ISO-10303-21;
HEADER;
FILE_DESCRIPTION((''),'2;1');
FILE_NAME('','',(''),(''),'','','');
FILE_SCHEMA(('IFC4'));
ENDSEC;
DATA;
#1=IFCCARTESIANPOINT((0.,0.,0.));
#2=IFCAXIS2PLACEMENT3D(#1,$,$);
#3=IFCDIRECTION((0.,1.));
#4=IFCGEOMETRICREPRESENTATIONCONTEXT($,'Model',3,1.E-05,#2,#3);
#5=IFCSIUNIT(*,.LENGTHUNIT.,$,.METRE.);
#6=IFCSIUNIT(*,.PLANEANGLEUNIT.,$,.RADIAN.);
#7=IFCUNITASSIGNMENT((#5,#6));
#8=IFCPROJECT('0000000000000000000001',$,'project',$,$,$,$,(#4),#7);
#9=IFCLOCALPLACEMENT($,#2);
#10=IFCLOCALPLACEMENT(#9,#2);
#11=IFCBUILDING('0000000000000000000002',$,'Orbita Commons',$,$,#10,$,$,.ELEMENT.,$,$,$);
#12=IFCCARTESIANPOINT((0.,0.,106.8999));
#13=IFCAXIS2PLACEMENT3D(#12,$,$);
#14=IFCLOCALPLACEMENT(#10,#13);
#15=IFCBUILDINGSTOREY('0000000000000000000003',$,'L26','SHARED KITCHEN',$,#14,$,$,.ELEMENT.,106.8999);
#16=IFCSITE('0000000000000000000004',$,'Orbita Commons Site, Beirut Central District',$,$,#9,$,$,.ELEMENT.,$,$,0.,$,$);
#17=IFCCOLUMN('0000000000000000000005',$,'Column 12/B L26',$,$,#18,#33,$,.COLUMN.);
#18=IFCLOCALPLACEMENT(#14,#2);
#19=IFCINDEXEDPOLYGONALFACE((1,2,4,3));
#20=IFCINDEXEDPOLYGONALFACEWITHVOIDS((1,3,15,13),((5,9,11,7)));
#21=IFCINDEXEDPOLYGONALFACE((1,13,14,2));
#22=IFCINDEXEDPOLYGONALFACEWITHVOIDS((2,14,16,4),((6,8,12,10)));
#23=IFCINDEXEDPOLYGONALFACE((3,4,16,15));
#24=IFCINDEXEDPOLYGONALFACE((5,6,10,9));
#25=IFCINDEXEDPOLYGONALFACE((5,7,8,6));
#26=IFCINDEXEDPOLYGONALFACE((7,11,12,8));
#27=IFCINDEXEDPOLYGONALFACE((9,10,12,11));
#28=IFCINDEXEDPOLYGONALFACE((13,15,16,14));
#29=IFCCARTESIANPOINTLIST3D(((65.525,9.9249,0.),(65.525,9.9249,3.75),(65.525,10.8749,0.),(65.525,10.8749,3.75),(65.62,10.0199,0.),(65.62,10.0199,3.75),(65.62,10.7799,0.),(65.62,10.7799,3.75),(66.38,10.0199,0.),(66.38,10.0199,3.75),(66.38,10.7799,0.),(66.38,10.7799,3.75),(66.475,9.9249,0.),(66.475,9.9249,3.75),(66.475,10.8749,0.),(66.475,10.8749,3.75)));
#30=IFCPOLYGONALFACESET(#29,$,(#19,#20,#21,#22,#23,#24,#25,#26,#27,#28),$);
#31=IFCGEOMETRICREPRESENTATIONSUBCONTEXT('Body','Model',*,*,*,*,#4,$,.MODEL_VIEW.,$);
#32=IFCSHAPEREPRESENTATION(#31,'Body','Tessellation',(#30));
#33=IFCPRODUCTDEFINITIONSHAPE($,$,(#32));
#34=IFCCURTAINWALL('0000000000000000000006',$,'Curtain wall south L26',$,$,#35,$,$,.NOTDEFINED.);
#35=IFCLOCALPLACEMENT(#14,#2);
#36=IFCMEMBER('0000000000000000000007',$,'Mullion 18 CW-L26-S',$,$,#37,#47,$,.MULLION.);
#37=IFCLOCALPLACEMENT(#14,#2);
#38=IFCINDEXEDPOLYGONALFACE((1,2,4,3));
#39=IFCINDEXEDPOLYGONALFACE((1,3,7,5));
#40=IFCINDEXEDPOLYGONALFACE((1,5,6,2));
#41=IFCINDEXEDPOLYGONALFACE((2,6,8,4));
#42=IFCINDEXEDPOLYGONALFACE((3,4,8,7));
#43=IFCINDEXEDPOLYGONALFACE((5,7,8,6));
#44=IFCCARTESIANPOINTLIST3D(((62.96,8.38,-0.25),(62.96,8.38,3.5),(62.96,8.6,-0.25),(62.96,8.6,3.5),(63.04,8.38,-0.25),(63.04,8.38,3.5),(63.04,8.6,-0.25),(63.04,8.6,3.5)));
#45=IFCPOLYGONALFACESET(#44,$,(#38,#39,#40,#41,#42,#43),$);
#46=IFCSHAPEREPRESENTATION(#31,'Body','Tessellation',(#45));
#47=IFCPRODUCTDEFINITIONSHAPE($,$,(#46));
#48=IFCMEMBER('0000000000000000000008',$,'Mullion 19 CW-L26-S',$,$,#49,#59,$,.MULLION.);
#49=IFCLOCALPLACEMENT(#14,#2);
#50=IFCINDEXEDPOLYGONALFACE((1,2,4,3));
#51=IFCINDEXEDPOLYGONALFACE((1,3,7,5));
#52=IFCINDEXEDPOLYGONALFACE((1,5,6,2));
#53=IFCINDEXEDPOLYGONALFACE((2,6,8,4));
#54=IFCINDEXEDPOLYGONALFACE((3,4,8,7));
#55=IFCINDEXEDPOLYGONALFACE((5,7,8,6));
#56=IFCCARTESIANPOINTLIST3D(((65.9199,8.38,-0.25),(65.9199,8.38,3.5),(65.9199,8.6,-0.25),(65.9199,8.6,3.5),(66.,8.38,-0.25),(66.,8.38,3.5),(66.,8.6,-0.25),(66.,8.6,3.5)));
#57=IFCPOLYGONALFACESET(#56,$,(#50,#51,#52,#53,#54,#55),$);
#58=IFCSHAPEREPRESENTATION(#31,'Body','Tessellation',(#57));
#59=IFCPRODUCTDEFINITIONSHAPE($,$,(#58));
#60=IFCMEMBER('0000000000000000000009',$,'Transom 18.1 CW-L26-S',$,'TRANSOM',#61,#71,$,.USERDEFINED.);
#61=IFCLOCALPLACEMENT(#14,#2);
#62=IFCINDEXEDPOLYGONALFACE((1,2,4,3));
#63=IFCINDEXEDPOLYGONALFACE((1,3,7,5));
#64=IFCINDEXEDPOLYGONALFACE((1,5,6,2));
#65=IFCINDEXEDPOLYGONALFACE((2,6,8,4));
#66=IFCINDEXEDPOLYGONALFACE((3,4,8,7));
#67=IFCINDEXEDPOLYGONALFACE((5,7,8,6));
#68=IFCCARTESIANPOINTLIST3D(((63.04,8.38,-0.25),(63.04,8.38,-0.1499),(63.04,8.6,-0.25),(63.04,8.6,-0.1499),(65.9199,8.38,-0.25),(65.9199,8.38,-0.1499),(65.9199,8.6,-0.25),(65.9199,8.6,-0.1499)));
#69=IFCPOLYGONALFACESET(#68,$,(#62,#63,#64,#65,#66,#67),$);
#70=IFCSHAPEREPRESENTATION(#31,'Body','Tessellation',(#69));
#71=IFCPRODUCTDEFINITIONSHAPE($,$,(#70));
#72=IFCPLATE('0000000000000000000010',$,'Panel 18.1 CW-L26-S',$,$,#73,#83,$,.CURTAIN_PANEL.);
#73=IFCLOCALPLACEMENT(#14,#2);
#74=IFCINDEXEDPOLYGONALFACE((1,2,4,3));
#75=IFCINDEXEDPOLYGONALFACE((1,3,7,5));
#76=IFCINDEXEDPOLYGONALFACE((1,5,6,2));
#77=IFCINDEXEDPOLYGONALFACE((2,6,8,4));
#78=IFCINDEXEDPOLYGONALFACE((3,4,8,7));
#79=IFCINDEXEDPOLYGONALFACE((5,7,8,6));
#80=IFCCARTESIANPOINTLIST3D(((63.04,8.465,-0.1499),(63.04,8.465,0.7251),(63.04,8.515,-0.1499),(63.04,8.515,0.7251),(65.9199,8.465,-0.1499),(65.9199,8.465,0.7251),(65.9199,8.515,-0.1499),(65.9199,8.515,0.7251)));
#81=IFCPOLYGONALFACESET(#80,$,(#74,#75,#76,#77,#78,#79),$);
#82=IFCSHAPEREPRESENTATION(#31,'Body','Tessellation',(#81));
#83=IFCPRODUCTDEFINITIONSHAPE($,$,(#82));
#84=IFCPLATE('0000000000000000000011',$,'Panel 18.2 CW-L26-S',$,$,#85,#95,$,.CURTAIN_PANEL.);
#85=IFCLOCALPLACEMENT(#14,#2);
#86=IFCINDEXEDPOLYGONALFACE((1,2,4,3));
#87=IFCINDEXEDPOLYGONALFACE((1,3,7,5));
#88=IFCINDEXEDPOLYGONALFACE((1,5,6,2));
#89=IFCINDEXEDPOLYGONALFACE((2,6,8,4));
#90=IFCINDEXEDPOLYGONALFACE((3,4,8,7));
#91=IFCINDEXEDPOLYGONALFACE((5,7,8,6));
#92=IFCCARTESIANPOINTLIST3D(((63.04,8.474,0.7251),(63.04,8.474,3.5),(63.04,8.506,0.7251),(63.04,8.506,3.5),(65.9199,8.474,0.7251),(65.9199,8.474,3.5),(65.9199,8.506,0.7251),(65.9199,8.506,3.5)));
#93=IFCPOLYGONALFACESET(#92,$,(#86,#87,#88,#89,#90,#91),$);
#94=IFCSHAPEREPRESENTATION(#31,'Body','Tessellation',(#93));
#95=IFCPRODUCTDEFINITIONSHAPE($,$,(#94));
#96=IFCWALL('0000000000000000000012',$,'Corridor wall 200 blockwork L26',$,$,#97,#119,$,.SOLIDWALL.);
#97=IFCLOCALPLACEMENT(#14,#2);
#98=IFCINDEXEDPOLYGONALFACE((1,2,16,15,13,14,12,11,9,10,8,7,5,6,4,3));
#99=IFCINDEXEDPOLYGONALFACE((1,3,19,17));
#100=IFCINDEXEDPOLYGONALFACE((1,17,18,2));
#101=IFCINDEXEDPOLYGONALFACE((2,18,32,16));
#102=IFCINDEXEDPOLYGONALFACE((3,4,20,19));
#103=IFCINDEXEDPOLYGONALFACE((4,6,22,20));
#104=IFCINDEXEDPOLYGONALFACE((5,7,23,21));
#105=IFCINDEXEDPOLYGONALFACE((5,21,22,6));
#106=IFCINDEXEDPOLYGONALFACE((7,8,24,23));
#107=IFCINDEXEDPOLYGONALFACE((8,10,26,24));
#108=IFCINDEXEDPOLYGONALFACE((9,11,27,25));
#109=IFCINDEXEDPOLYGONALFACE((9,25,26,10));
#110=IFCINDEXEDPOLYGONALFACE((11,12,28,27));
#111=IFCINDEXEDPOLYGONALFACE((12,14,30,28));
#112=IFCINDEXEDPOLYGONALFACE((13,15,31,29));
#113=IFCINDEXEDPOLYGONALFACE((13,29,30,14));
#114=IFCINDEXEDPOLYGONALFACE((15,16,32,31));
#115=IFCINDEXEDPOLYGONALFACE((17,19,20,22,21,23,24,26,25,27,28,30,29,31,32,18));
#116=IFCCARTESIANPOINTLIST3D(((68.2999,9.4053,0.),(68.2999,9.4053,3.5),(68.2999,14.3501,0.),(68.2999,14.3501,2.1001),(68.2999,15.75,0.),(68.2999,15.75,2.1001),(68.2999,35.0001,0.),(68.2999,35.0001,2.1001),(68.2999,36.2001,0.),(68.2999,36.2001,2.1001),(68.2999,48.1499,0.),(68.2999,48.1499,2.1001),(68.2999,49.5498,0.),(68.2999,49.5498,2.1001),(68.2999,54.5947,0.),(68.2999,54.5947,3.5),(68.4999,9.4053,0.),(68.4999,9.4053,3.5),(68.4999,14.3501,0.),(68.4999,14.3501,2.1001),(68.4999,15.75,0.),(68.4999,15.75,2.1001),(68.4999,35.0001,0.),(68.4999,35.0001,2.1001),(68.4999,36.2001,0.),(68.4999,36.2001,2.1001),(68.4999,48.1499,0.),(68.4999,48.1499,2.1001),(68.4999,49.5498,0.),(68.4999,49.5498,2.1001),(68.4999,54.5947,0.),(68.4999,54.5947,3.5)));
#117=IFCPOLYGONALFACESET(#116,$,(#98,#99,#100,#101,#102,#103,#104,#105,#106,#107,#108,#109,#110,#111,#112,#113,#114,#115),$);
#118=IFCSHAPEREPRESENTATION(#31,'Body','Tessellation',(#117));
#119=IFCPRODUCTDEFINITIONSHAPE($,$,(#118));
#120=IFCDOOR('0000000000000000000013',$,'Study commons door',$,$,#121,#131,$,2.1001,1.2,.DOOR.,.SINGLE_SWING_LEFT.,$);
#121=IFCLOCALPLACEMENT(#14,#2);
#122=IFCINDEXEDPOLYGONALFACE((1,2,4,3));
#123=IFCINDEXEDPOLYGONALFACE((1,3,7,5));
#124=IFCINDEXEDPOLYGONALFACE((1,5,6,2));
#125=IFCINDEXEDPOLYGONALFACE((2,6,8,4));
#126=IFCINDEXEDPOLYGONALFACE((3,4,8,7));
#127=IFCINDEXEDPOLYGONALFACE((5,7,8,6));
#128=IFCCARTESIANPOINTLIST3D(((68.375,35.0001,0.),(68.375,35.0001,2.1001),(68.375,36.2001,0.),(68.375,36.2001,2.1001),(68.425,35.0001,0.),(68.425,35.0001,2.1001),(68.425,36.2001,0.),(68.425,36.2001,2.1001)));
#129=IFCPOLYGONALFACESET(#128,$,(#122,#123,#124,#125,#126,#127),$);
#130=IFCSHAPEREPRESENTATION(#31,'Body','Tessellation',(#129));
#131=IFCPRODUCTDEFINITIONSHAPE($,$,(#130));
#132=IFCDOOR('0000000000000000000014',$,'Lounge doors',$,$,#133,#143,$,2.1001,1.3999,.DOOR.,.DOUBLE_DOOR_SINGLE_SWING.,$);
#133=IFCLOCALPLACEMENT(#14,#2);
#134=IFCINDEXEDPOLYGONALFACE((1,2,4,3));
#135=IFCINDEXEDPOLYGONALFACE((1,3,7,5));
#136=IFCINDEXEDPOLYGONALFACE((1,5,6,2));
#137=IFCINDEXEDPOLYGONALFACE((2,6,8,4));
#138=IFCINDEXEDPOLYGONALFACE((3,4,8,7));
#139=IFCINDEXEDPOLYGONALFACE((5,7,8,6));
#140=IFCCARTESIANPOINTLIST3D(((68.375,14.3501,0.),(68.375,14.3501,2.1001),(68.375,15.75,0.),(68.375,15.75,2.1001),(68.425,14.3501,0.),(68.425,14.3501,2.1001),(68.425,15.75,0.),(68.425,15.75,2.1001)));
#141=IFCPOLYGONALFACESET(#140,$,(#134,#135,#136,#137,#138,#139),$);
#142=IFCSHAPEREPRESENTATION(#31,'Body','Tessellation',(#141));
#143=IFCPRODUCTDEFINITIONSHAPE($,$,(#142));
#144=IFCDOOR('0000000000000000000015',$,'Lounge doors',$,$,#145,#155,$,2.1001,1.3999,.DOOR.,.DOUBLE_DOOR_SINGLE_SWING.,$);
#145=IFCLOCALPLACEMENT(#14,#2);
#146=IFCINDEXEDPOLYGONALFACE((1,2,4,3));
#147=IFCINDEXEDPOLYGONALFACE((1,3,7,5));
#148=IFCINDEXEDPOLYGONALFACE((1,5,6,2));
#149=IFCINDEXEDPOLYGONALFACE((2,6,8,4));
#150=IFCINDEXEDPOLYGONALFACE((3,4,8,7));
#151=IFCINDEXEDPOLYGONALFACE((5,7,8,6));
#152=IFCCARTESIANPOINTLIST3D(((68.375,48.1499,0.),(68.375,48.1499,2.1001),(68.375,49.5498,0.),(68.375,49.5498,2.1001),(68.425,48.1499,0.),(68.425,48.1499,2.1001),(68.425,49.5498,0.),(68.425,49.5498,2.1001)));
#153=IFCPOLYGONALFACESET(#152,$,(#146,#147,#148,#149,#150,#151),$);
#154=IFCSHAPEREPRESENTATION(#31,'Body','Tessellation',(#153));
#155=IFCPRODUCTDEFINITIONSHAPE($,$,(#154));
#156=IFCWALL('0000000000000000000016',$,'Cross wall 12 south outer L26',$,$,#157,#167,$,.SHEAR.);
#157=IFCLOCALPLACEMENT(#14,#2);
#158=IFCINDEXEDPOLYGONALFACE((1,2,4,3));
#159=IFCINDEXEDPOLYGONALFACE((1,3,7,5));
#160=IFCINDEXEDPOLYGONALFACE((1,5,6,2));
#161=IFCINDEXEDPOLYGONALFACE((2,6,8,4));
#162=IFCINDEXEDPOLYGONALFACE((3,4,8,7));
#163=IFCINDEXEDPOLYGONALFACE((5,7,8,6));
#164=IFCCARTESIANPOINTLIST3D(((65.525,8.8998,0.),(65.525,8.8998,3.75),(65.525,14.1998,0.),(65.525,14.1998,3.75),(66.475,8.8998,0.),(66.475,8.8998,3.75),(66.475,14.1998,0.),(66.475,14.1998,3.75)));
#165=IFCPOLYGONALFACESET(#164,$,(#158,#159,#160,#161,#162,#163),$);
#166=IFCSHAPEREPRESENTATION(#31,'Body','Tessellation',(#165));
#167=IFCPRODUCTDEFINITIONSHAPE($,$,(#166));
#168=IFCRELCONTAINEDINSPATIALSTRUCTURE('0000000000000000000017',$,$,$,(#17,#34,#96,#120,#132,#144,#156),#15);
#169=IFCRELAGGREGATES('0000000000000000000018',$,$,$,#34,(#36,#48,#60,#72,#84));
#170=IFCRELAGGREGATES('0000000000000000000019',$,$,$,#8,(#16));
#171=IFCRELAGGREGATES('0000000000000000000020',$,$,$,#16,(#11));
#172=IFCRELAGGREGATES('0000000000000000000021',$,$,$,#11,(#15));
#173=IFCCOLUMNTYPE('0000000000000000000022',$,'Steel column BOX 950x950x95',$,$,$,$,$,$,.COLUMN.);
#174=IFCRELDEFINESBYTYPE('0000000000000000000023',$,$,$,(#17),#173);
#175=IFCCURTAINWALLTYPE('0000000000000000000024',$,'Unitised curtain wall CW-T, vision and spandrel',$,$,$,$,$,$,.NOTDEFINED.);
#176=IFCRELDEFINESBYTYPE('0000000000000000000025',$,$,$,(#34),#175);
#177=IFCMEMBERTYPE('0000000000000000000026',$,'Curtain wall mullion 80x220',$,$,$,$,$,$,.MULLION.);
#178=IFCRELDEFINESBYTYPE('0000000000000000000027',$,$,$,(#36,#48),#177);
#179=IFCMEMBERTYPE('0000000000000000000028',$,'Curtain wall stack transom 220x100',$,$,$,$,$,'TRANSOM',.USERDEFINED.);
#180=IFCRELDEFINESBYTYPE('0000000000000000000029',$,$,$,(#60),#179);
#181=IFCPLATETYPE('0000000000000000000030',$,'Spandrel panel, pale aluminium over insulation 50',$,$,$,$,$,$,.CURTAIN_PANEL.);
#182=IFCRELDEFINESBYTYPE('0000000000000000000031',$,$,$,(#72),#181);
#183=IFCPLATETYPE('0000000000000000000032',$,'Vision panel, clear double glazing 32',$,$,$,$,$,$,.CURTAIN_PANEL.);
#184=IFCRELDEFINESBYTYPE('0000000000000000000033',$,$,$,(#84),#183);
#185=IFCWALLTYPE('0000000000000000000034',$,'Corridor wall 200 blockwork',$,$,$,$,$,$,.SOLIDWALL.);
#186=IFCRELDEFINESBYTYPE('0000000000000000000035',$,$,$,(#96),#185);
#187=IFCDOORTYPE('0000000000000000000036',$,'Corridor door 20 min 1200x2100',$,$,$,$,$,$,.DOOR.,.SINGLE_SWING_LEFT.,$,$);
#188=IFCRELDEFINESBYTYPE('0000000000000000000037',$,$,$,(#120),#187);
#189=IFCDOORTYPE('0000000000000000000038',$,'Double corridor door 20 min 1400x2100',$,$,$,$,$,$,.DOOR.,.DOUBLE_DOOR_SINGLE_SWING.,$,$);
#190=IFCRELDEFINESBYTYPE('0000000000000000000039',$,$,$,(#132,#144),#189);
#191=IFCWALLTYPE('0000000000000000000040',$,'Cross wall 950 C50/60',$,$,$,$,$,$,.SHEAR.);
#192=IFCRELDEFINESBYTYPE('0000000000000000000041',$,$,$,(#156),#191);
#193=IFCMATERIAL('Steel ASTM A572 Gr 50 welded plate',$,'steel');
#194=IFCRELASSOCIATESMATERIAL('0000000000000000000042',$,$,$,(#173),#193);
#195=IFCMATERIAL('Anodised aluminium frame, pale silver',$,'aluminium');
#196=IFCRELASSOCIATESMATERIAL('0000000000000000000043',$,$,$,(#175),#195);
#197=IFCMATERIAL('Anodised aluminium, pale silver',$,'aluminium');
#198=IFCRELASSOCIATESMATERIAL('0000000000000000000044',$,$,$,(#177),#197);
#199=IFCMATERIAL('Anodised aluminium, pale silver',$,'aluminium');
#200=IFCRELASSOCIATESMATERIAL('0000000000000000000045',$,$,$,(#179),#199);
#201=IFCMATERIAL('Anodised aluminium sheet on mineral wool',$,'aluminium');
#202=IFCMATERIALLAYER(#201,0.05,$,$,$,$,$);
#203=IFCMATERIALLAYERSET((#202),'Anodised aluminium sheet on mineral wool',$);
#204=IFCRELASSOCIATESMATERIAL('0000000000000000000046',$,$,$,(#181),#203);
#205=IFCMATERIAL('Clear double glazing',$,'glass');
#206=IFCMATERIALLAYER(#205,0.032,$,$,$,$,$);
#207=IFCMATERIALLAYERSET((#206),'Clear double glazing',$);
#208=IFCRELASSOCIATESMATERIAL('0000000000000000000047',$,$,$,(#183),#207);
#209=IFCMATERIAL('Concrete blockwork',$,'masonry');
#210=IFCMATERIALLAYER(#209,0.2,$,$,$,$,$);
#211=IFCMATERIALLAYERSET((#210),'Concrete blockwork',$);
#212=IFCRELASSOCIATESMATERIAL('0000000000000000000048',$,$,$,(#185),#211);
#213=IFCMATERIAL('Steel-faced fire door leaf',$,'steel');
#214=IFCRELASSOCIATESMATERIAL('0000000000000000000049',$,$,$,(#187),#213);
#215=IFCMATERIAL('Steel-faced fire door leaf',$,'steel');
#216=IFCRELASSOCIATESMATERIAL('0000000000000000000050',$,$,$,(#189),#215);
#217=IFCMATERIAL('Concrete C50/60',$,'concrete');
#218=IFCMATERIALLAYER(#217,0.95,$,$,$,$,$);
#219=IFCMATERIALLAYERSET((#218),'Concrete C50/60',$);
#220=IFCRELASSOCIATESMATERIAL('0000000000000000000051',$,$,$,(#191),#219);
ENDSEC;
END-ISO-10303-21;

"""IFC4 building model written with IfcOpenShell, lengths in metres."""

from ifc_helpers import new_model, si_unit, direction, frame, frame_2d, origin, origin_2d, place, context, subcontext, project, spatial, rectangle, hollow_rectangle, extrude, material, layer, layer_set, material_profile, profile_set, type_object, element, fill, aggregate, save


model = new_model("IFC4")

# Units and contexts
model_context = context("Model", 3, precision=1e-05, world=origin(), true_north=direction((0.0, 1.0)))
body_context = subcontext(model_context, "Body", "Model", "MODEL_VIEW")
ifc_project = project(units=[si_unit("LENGTHUNIT", "METRE"), si_unit("PLANEANGLEUNIT", "RADIAN")], contexts=[model_context])

# Site, building, storey
site_placement = place(None, origin())
site = spatial("IfcSite", under=ifc_project, at=site_placement, Name="Orbita Commons Site, Beirut Central District", CompositionType="ELEMENT", RefElevation=0.0)
building_placement = place(site_placement, origin())
building = spatial("IfcBuilding", under=site, at=building_placement, Name="Orbita Commons", CompositionType="ELEMENT")
storey_placement = place(building_placement, frame((0.0, 0.0, 106.8999)))
storey = spatial("IfcBuildingStorey", under=building, at=storey_placement, Name="L26", Description="SHARED KITCHEN", CompositionType="ELEMENT", Elevation=106.8999)

# Column
ifc_material_1 = material(Name="Steel ASTM A572 Gr 50 welded plate", Category="steel")
ifc_material_profile_1 = material_profile(ifc_material_1, hollow_rectangle(XDim=0.95, YDim=0.95, WallThickness=0.095, at=origin_2d()), Name="BOX 950x950x95")
ifc_profile_set_1 = profile_set([ifc_material_profile_1], Name="Steel ASTM A572 Gr 50 welded plate")
column_type = type_object("IfcColumnType", Name="Steel column BOX 950x950x95", PredefinedType="COLUMN", material=ifc_profile_set_1)
column_placement = place(storey_placement, frame((66.0, 10.3999, 0.0), z_axis=(0.0, 0.0, 1.0), x_axis=(1.0, 0.0, 0.0)))
element("IfcColumn", 1, at=column_placement, inside=storey, type_object=column_type, Name="Column 12/B L26", PredefinedType="COLUMN", context=body_context, shape_type="SweptSolid", body=[
    extrude(hollow_rectangle(XDim=0.95, YDim=0.95, WallThickness=0.095, at=origin_2d()), origin(), (0.0, 0.0, 1.0), 3.75),
])

# Curtain wall, members, plates
ifc_material_2 = material(Name="Anodised aluminium frame, pale silver", Category="aluminium")
curtain_wall_type = type_object("IfcCurtainWallType", Name="Unitised curtain wall CW-T, vision and spandrel", PredefinedType="NOTDEFINED", material=ifc_material_2)
curtain_wall_placement = place(storey_placement, origin())
curtain_wall = element("IfcCurtainWall", 2, at=curtain_wall_placement, inside=storey, type_object=curtain_wall_type, Name="Curtain wall south L26", PredefinedType="NOTDEFINED")
ifc_material_3 = material(Name="Anodised aluminium, pale silver", Category="aluminium")
ifc_material_profile_2 = material_profile(ifc_material_3, rectangle(XDim=0.0801, YDim=0.22, at=origin_2d()), Name="AL 80x220")
ifc_profile_set_2 = profile_set([ifc_material_profile_2], Name="Anodised aluminium, pale silver")
member_type_1 = type_object("IfcMemberType", Name="Curtain wall mullion 80x220", PredefinedType="MULLION", material=ifc_profile_set_2)
member_1_placement = place(storey_placement, frame((63.0, 8.49, -0.25), z_axis=(0.0, 0.0, 1.0), x_axis=(1.0, 0.0, 0.0)))
member_1 = element("IfcMember", 3, at=member_1_placement, type_object=member_type_1, Name="Mullion 18 CW-L26-S", PredefinedType="MULLION", context=body_context, shape_type="SweptSolid", body=[
    extrude(rectangle(XDim=0.0801, YDim=0.22, at=origin_2d()), origin(), (0.0, 0.0, 1.0), 3.75),
])
member_2_placement = place(storey_placement, frame((65.96, 8.49, -0.25), z_axis=(0.0, 0.0, 1.0), x_axis=(1.0, 0.0, 0.0)))
member_2 = element("IfcMember", 4, at=member_2_placement, type_object=member_type_1, Name="Mullion 19 CW-L26-S", PredefinedType="MULLION", context=body_context, shape_type="SweptSolid", body=[
    extrude(rectangle(XDim=0.0801, YDim=0.22, at=origin_2d()), origin(), (0.0, 0.0, 1.0), 3.75),
])
ifc_material_4 = material(Name="Anodised aluminium, pale silver", Category="aluminium")
ifc_material_profile_3 = material_profile(ifc_material_4, rectangle(XDim=0.22, YDim=0.1001, at=origin_2d()), Name="AL 220x100")
ifc_profile_set_3 = profile_set([ifc_material_profile_3], Name="Anodised aluminium, pale silver")
member_type_2 = type_object("IfcMemberType", Name="Curtain wall stack transom 220x100", ElementType="TRANSOM", PredefinedType="USERDEFINED", material=ifc_profile_set_3)
member_3_placement = place(storey_placement, frame((63.04, 8.49, -0.2), z_axis=(1.0, 0.0, 0.0), x_axis=(0.0, 1.0, 0.0)))
member_3 = element("IfcMember", 5, at=member_3_placement, type_object=member_type_2, Name="Transom 18.1 CW-L26-S", ObjectType="TRANSOM", PredefinedType="USERDEFINED", context=body_context, shape_type="SweptSolid", body=[
    extrude(rectangle(XDim=0.22, YDim=0.1001, at=origin_2d()), origin(), (0.0, 0.0, 1.0), 2.8799),
])
ifc_material_5 = material(Name="Anodised aluminium sheet on mineral wool", Category="aluminium")
ifc_layer_1 = layer(ifc_material_5, 0.05)
ifc_layer_set_1 = layer_set([ifc_layer_1], Name="Anodised aluminium sheet on mineral wool")
plate_type_1 = type_object("IfcPlateType", Name="Spandrel panel, pale aluminium over insulation 50", PredefinedType="CURTAIN_PANEL", material=ifc_layer_set_1)
plate_1_placement = place(storey_placement, frame((64.48, 8.49, -0.1499), z_axis=(0.0, 0.0, 1.0), x_axis=(1.0, 0.0, 0.0)))
plate_1 = element("IfcPlate", 6, at=plate_1_placement, type_object=plate_type_1, Name="Panel 18.1 CW-L26-S", PredefinedType="CURTAIN_PANEL", context=body_context, shape_type="SweptSolid", body=[
    extrude(rectangle(XDim=2.8799, YDim=0.05, at=origin_2d()), origin(), (0.0, 0.0, 1.0), 0.875),
])
ifc_material_6 = material(Name="Clear double glazing", Category="glass")
ifc_layer_2 = layer(ifc_material_6, 0.032)
ifc_layer_set_2 = layer_set([ifc_layer_2], Name="Clear double glazing")
plate_type_2 = type_object("IfcPlateType", Name="Vision panel, clear double glazing 32", PredefinedType="CURTAIN_PANEL", material=ifc_layer_set_2)
plate_2_placement = place(storey_placement, frame((64.48, 8.49, 0.7251), z_axis=(0.0, 0.0, 1.0), x_axis=(1.0, 0.0, 0.0)))
plate_2 = element("IfcPlate", 7, at=plate_2_placement, type_object=plate_type_2, Name="Panel 18.2 CW-L26-S", PredefinedType="CURTAIN_PANEL", context=body_context, shape_type="SweptSolid", body=[
    extrude(rectangle(XDim=2.8799, YDim=0.032, at=origin_2d()), origin(), (0.0, 0.0, 1.0), 2.7749),
])
aggregate(curtain_wall, [member_1, member_2, member_3, plate_1, plate_2])

# Wall, openings, doors
ifc_material_7 = material(Name="Concrete blockwork", Category="masonry")
ifc_layer_3 = layer(ifc_material_7, 0.2)
ifc_layer_set_3 = layer_set([ifc_layer_3], Name="Concrete blockwork")
wall_type_1 = type_object("IfcWallType", Name="Corridor wall 200 blockwork", PredefinedType="SOLIDWALL", material=ifc_layer_set_3)
wall_1_placement = place(storey_placement, frame((68.3999, 9.4053, 0.0), z_axis=(0.0, 0.0, 1.0), x_axis=(0.0, 1.0, 0.0)))
wall_1 = element("IfcWall", 8, at=wall_1_placement, inside=storey, type_object=wall_type_1, Name="Corridor wall 200 blockwork L26", PredefinedType="SOLIDWALL", context=body_context, shape_type="SweptSolid", body=[
    extrude(rectangle(XDim=45.1895, YDim=0.2, at=frame_2d((22.5947, 0.0))), origin(), (0.0, 0.0, 1.0), 3.5),
])
opening_1_placement = place(wall_1_placement, frame((25.5947, 0.0, 0.0)))
opening_1 = element("IfcOpeningElement", 9, at=opening_1_placement, cuts=wall_1, PredefinedType="OPENING", context=body_context, shape_type="SweptSolid", body=[
    extrude(rectangle(XDim=1.2, YDim=2.1001, at=frame_2d((0.6001, 1.05))), frame((0.0, 0.1099, 0.0), z_axis=(0.0, -1.0, 0.0), x_axis=(1.0, 0.0, 0.0)), (0.0, 0.0, 1.0), 0.22),
])
opening_2_placement = place(wall_1_placement, frame((4.9448, 0.0, 0.0)))
opening_2 = element("IfcOpeningElement", 10, at=opening_2_placement, cuts=wall_1, PredefinedType="OPENING", context=body_context, shape_type="SweptSolid", body=[
    extrude(rectangle(XDim=1.3999, YDim=2.1001, at=frame_2d((0.7, 1.05))), frame((0.0, 0.1099, 0.0), z_axis=(0.0, -1.0, 0.0), x_axis=(1.0, 0.0, 0.0)), (0.0, 0.0, 1.0), 0.22),
])
opening_3_placement = place(wall_1_placement, frame((38.7446, 0.0, 0.0)))
opening_3 = element("IfcOpeningElement", 11, at=opening_3_placement, cuts=wall_1, PredefinedType="OPENING", context=body_context, shape_type="SweptSolid", body=[
    extrude(rectangle(XDim=1.3999, YDim=2.1001, at=frame_2d((0.7, 1.05))), frame((0.0, 0.1099, 0.0), z_axis=(0.0, -1.0, 0.0), x_axis=(1.0, 0.0, 0.0)), (0.0, 0.0, 1.0), 0.22),
])
ifc_material_8 = material(Name="Steel-faced fire door leaf", Category="steel")
door_type_1 = type_object("IfcDoorType", Name="Corridor door 20 min 1200x2100", OperationType="SINGLE_SWING_LEFT", PredefinedType="DOOR", material=ifc_material_8)
door_1_placement = place(opening_1_placement, origin())
door_1 = element("IfcDoor", 12, at=door_1_placement, inside=storey, type_object=door_type_1, Name="Study commons door", OperationType="SINGLE_SWING_LEFT", OverallHeight=2.1001, OverallWidth=1.2, PredefinedType="DOOR", context=body_context, shape_type="SweptSolid", body=[
    extrude(rectangle(XDim=1.2, YDim=2.1001, at=frame_2d((0.6001, 1.05))), frame((0.0, 0.0249, 0.0), z_axis=(0.0, -1.0, 0.0), x_axis=(1.0, 0.0, 0.0)), (0.0, 0.0, 1.0), 0.05),
])
fill(opening_1, door_1)
ifc_material_9 = material(Name="Steel-faced fire door leaf", Category="steel")
door_type_2 = type_object("IfcDoorType", Name="Double corridor door 20 min 1400x2100", OperationType="DOUBLE_DOOR_SINGLE_SWING", PredefinedType="DOOR", material=ifc_material_9)
door_2_placement = place(opening_2_placement, origin())
door_2 = element("IfcDoor", 13, at=door_2_placement, inside=storey, type_object=door_type_2, Name="Lounge doors", OperationType="DOUBLE_DOOR_SINGLE_SWING", OverallHeight=2.1001, OverallWidth=1.3999, PredefinedType="DOOR", context=body_context, shape_type="SweptSolid", body=[
    extrude(rectangle(XDim=1.3999, YDim=2.1001, at=frame_2d((0.7, 1.05))), frame((0.0, 0.0249, 0.0), z_axis=(0.0, -1.0, 0.0), x_axis=(1.0, 0.0, 0.0)), (0.0, 0.0, 1.0), 0.05),
])
fill(opening_2, door_2)
door_3_placement = place(opening_3_placement, origin())
door_3 = element("IfcDoor", 14, at=door_3_placement, inside=storey, type_object=door_type_2, Name="Lounge doors", OperationType="DOUBLE_DOOR_SINGLE_SWING", OverallHeight=2.1001, OverallWidth=1.3999, PredefinedType="DOOR", context=body_context, shape_type="SweptSolid", body=[
    extrude(rectangle(XDim=1.3999, YDim=2.1001, at=frame_2d((0.7, 1.05))), frame((0.0, 0.0249, 0.0), z_axis=(0.0, -1.0, 0.0), x_axis=(1.0, 0.0, 0.0)), (0.0, 0.0, 1.0), 0.05),
])
fill(opening_3, door_3)

# Wall
ifc_material_10 = material(Name="Concrete C50/60", Category="concrete")
ifc_layer_4 = layer(ifc_material_10, 0.95)
ifc_layer_set_4 = layer_set([ifc_layer_4], Name="Concrete C50/60")
wall_type_2 = type_object("IfcWallType", Name="Cross wall 950 C50/60", PredefinedType="SHEAR", material=ifc_layer_set_4)
wall_2_placement = place(storey_placement, frame((66.0, 8.8999, 0.0), z_axis=(0.0, 0.0, 1.0), x_axis=(0.0, 1.0, 0.0)))
element("IfcWall", 15, at=wall_2_placement, inside=storey, type_object=wall_type_2, Name="Cross wall 12 south outer L26", PredefinedType="SHEAR", context=body_context, shape_type="SweptSolid", body=[
    extrude(rectangle(XDim=5.3, YDim=0.95, at=frame_2d((2.6499, 0.0))), origin(), (0.0, 0.0, 1.0), 3.75),
])

save(model, "model.ifc")
